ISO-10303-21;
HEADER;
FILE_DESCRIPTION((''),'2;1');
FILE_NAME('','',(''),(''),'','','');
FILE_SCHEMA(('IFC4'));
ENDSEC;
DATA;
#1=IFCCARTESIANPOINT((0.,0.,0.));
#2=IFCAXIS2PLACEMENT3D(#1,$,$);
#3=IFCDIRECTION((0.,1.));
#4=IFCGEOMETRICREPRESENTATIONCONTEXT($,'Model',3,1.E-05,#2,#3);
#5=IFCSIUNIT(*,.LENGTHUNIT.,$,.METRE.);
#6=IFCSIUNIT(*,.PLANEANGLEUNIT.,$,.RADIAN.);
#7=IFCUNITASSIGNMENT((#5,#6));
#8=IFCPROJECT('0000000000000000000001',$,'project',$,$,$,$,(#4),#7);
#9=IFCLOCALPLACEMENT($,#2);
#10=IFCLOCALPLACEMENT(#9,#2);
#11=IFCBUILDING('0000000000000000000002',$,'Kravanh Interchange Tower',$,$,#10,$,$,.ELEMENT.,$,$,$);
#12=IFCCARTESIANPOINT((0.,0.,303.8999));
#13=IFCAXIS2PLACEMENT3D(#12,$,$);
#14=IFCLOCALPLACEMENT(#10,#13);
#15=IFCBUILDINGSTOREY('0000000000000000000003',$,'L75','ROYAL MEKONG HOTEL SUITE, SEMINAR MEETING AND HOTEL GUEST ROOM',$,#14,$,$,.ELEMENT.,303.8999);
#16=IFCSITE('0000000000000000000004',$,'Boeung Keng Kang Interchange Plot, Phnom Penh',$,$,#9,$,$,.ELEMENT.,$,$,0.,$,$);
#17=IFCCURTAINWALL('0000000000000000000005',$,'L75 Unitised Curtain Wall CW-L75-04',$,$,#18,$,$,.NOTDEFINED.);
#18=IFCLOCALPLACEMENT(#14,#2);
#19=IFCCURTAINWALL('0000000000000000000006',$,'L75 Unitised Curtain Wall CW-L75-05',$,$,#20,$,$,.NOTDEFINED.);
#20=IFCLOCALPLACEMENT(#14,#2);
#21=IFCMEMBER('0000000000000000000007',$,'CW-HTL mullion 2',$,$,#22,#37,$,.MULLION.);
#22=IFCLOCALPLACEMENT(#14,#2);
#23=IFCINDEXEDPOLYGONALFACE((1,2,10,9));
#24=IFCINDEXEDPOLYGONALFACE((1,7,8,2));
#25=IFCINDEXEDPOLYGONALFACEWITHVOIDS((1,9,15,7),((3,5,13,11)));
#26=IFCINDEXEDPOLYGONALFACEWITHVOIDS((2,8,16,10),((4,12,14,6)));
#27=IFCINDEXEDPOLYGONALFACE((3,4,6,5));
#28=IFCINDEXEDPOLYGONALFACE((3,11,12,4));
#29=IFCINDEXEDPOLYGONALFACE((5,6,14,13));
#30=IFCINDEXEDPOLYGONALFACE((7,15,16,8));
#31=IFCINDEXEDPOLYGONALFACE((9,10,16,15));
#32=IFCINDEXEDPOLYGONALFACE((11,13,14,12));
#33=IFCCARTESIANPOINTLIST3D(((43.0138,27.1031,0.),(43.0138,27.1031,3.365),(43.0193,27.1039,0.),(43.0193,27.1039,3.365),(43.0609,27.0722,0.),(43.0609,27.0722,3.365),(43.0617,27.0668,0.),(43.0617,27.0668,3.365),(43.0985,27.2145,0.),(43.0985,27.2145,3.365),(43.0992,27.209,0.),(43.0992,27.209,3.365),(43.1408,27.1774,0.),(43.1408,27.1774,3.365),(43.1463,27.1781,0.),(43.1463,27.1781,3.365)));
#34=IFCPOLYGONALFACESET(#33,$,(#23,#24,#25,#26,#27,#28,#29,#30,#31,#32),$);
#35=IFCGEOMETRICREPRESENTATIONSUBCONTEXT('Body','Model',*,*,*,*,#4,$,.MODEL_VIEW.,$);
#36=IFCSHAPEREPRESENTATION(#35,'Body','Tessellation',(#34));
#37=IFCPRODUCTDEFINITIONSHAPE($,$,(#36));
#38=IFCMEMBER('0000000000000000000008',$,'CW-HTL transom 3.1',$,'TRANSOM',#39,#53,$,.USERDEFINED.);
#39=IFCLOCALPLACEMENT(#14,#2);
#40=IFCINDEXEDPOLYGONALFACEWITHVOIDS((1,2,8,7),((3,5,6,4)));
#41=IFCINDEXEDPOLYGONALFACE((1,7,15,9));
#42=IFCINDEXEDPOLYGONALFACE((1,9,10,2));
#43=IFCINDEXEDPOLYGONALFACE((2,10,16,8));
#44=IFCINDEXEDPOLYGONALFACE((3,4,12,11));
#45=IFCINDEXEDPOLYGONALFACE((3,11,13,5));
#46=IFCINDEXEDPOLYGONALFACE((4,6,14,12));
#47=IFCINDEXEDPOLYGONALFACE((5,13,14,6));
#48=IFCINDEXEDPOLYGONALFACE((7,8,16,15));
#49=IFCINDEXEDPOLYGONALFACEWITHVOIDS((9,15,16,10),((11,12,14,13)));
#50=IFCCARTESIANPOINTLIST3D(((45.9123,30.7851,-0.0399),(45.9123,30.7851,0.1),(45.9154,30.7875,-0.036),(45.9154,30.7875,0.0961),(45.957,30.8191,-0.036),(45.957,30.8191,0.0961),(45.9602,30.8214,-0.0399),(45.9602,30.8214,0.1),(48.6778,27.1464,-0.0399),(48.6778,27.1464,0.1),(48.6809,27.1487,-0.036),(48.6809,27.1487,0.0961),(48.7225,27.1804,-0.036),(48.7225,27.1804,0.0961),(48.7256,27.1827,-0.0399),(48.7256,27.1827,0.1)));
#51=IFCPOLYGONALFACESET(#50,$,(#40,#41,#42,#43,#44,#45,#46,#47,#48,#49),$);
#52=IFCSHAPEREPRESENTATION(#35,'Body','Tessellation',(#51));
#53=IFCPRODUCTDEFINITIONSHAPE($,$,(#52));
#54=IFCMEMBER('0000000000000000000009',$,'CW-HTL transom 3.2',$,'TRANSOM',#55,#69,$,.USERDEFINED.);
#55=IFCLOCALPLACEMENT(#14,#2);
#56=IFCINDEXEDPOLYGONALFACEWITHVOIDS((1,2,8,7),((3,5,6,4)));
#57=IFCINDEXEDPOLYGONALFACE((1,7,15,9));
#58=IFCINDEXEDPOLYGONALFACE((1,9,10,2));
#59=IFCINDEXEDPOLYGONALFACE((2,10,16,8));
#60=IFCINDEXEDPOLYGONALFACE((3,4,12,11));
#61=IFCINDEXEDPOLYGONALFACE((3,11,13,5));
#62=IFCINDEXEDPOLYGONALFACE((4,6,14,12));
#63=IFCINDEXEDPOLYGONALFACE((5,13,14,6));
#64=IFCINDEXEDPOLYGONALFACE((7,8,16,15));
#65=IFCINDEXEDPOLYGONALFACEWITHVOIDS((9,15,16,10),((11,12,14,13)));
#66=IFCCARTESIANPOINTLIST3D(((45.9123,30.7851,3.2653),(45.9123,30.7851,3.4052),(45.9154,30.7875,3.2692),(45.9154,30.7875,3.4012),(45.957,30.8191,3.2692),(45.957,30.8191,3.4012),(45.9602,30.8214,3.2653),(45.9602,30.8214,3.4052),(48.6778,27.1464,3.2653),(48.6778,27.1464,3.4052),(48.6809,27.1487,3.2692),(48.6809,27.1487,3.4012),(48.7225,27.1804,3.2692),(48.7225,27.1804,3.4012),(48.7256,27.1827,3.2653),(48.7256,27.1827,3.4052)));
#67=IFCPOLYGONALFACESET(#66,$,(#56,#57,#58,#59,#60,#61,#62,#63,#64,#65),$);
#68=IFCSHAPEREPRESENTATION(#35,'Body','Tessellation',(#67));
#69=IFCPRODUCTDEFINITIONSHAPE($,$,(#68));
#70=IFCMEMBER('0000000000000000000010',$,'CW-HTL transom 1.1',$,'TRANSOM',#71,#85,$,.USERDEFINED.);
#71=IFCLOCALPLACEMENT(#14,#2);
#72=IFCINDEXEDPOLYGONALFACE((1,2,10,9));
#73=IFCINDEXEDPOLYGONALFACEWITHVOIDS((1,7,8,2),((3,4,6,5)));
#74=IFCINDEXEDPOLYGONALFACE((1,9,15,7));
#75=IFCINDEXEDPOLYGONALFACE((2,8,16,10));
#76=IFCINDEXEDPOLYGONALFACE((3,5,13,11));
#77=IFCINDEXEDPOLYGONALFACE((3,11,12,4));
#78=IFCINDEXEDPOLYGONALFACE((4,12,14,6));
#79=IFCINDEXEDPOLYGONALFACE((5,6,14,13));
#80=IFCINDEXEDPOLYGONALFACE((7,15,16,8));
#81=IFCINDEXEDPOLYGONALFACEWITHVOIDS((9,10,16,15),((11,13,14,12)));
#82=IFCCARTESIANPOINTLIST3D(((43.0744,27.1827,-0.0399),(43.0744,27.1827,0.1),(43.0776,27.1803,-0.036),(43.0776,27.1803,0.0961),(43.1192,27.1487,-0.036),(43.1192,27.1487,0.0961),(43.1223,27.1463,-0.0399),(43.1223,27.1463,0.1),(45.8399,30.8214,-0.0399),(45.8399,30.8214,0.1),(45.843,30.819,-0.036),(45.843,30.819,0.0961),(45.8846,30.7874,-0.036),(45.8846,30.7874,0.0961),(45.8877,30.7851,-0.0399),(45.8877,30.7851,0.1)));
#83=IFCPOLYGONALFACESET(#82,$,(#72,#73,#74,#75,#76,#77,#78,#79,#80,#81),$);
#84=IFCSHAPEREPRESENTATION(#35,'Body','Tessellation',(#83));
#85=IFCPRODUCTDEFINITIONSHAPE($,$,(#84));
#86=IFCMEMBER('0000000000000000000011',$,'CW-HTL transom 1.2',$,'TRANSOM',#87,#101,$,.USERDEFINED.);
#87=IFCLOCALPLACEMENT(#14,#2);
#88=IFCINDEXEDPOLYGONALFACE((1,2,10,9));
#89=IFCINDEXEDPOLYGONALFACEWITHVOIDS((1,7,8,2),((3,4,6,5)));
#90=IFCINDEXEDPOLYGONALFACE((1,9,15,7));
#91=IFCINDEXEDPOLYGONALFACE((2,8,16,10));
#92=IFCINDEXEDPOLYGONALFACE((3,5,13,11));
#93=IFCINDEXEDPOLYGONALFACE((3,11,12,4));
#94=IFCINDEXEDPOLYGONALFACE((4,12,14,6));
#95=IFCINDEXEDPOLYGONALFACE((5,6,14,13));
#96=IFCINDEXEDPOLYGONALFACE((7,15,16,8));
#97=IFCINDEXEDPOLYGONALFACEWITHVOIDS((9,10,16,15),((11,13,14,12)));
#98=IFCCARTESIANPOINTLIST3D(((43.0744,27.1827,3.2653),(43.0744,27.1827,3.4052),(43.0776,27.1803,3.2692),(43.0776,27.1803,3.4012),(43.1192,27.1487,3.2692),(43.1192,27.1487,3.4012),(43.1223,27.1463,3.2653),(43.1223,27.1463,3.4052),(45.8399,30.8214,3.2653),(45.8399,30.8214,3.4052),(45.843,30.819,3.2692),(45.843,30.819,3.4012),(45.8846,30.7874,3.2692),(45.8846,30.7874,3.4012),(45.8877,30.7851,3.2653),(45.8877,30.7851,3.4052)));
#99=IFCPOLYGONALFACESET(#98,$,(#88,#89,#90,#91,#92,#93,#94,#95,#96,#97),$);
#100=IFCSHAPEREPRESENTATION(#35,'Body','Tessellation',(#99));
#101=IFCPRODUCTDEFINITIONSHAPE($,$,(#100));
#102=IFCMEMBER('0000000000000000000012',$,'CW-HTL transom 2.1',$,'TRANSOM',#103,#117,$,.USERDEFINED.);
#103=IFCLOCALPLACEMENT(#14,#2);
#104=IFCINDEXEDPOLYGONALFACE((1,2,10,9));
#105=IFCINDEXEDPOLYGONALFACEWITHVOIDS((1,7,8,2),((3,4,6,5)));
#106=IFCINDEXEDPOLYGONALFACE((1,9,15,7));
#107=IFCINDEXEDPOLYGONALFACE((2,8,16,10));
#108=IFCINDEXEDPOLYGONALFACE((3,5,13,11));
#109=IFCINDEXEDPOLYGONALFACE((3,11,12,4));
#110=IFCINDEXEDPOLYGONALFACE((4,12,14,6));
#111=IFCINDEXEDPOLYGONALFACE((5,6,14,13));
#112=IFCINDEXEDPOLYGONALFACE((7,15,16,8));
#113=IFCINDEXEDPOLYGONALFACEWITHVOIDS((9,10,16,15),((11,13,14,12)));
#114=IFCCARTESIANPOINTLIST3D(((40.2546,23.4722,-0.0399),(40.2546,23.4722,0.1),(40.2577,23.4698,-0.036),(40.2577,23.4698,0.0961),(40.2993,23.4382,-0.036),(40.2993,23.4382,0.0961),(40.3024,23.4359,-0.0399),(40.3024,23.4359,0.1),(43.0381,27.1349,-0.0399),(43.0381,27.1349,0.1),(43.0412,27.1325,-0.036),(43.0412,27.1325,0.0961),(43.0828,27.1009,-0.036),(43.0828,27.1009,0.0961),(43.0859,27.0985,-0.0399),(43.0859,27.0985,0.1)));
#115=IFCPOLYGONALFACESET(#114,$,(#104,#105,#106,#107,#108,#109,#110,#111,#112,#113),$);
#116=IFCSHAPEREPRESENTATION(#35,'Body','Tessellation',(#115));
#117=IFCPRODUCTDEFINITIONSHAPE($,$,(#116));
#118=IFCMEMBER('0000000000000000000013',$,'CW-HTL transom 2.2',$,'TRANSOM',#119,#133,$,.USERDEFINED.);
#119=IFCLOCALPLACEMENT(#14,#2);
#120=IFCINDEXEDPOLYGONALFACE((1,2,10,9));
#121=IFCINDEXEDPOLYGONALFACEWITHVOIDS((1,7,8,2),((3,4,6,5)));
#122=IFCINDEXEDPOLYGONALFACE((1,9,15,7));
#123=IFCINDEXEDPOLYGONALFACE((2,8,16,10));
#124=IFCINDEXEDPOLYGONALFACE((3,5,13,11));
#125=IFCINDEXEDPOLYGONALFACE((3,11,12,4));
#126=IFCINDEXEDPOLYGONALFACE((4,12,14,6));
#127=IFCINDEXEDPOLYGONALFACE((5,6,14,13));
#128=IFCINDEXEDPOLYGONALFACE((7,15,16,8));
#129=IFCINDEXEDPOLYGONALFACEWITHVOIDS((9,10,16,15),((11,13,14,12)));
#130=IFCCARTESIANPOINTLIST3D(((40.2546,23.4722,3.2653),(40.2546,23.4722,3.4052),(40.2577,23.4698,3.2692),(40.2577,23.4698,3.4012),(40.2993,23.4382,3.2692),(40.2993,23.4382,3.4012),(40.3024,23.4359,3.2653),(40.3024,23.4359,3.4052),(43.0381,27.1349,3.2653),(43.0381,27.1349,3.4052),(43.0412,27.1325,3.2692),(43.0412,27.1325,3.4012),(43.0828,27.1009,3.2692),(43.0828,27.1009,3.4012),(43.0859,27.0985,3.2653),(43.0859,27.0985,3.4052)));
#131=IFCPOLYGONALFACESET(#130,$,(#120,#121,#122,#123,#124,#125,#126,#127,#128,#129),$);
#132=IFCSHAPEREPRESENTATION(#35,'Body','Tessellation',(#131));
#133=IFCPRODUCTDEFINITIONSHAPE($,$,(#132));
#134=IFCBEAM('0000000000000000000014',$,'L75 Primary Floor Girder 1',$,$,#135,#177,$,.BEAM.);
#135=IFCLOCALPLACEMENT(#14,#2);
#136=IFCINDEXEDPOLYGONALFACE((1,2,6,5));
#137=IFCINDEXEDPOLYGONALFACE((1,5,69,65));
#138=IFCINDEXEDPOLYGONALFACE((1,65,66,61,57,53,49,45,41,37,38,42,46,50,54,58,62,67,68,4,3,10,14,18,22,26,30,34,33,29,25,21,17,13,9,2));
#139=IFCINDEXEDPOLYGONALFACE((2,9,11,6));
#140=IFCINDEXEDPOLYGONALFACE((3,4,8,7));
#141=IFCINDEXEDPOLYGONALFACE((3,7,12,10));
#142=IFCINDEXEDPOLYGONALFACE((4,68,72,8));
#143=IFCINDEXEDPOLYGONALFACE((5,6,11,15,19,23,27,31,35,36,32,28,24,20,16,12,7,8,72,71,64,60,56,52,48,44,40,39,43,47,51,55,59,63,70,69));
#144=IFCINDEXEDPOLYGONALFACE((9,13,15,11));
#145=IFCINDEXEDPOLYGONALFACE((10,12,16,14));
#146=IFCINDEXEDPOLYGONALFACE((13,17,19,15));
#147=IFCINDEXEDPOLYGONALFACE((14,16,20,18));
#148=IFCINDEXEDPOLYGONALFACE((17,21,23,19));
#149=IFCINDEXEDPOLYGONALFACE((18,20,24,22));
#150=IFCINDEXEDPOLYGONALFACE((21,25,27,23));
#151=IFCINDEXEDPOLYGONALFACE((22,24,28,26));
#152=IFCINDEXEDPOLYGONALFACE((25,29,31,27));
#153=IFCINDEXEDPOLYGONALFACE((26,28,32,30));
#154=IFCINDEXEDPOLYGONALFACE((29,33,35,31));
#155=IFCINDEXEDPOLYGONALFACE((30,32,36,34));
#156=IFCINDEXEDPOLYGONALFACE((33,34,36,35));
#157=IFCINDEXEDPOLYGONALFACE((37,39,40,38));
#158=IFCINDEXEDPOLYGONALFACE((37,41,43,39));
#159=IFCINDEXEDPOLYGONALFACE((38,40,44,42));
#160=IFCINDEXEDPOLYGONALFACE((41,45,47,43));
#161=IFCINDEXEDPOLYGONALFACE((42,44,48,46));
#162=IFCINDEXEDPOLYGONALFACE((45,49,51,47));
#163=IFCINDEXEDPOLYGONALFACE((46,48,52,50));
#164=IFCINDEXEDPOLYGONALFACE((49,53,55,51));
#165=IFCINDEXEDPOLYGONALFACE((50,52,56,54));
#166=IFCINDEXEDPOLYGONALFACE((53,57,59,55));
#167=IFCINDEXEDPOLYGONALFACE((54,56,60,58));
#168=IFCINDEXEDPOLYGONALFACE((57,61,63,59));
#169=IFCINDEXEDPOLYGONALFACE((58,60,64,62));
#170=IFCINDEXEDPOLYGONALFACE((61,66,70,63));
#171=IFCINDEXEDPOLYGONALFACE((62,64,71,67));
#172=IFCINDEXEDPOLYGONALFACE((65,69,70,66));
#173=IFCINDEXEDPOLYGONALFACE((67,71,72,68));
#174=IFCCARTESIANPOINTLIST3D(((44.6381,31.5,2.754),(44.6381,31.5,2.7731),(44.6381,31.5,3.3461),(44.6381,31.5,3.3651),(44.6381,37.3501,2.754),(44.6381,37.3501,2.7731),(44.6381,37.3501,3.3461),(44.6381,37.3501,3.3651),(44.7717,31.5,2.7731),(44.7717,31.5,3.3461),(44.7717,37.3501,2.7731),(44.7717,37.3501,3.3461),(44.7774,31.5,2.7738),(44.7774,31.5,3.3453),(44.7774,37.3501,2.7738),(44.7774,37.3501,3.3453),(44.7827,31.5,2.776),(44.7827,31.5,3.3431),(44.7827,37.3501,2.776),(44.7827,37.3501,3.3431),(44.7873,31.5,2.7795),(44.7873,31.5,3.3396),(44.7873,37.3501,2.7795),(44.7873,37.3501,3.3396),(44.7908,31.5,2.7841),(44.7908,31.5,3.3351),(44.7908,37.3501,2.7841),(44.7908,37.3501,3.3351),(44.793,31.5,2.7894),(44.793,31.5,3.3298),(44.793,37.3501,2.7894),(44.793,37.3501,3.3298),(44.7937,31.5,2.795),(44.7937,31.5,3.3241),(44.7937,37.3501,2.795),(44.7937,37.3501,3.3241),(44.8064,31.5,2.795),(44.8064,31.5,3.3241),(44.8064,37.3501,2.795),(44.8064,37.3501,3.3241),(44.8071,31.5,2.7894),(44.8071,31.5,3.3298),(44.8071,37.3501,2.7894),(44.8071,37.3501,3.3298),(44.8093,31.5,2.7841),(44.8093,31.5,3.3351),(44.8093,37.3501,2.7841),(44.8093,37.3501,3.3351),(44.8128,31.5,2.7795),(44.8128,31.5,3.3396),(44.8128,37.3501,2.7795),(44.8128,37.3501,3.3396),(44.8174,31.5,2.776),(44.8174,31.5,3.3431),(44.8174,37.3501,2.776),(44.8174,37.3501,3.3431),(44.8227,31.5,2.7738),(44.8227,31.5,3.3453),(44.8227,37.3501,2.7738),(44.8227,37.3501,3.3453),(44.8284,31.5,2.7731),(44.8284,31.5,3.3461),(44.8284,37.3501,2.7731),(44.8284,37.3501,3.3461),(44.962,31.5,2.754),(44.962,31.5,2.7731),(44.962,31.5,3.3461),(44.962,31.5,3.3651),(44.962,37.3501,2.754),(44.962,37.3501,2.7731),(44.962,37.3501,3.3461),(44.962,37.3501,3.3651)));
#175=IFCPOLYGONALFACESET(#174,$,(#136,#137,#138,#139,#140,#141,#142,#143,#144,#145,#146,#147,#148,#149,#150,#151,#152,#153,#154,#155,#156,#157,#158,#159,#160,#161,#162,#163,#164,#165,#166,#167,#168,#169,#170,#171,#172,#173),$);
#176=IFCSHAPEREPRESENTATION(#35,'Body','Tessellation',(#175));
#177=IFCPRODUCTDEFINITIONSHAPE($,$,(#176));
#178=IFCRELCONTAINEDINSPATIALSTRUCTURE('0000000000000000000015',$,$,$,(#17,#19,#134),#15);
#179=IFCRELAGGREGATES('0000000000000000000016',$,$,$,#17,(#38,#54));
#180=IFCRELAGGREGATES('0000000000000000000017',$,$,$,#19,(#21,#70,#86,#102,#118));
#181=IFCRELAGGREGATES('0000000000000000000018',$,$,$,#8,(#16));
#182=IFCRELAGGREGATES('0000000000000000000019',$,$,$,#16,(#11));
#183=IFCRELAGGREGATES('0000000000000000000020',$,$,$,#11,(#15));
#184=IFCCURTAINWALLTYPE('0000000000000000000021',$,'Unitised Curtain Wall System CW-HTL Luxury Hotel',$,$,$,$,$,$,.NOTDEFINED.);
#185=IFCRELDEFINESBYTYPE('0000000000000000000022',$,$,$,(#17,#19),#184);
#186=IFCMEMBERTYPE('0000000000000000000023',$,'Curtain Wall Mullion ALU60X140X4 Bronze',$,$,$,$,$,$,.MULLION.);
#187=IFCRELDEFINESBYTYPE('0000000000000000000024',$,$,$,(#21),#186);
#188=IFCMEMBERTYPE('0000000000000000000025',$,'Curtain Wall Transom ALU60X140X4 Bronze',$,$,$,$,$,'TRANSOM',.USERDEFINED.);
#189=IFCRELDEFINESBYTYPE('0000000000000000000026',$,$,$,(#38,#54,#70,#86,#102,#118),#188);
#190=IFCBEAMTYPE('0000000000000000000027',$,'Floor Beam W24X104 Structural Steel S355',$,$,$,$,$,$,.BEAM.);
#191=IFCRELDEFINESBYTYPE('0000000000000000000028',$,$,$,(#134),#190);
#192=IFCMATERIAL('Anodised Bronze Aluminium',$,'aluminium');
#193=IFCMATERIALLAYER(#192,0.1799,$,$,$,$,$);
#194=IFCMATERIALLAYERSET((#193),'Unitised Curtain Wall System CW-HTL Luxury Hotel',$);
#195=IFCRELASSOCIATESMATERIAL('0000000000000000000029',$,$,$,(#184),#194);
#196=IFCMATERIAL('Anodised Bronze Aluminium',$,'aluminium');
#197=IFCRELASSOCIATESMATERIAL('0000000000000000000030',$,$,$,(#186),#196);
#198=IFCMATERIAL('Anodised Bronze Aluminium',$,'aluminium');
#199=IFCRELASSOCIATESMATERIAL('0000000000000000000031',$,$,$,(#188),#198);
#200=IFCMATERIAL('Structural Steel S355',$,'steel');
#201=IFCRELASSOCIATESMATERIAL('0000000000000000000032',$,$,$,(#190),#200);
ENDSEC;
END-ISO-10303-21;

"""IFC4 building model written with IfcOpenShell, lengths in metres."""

from ifc_helpers import new_model, si_unit, direction, frame, origin, origin_2d, place, context, subcontext, project, spatial, hollow_rectangle, i_section, extrude, material, layer, layer_set, material_profile, profile_set, type_object, element, aggregate, save


model = new_model("IFC4")

# Units and contexts
model_context = context("Model", 3, precision=1e-05, world=origin(), true_north=direction((0.0, 1.0)))
body_context = subcontext(model_context, "Body", "Model", "MODEL_VIEW")
ifc_project = project(units=[si_unit("LENGTHUNIT", "METRE"), si_unit("PLANEANGLEUNIT", "RADIAN")], contexts=[model_context])

# Site, building, storey
site_placement = place(None, origin())
site = spatial("IfcSite", under=ifc_project, at=site_placement, Name="Boeung Keng Kang Interchange Plot, Phnom Penh", CompositionType="ELEMENT", RefElevation=0.0)
building_placement = place(site_placement, origin())
building = spatial("IfcBuilding", under=site, at=building_placement, Name="Kravanh Interchange Tower", CompositionType="ELEMENT")
storey_placement = place(building_placement, frame((0.0, 0.0, 303.8999)))
storey = spatial("IfcBuildingStorey", under=building, at=storey_placement, Name="L75", Description="ROYAL MEKONG HOTEL SUITE, SEMINAR MEETING AND HOTEL GUEST ROOM", CompositionType="ELEMENT", Elevation=303.8999)

# Curtain walls, member
ifc_material_1 = material(Name="Anodised Bronze Aluminium", Category="aluminium")
ifc_layer_1 = layer(ifc_material_1, 0.1799)
ifc_layer_set_1 = layer_set([ifc_layer_1], Name="Unitised Curtain Wall System CW-HTL Luxury Hotel")
curtain_wall_type = type_object("IfcCurtainWallType", Name="Unitised Curtain Wall System CW-HTL Luxury Hotel", PredefinedType="NOTDEFINED", material=ifc_layer_set_1)
curtain_wall_1_placement = place(storey_placement, origin())
curtain_wall_1 = element("IfcCurtainWall", 1, at=curtain_wall_1_placement, inside=storey, type_object=curtain_wall_type, Name="L75 Unitised Curtain Wall CW-L75-04", PredefinedType="NOTDEFINED")
ifc_material_2 = material(Name="Anodised Bronze Aluminium", Category="aluminium")
ifc_material_profile_1 = material_profile(ifc_material_2, hollow_rectangle(XDim=0.0601, YDim=0.1399, WallThickness=0.0039, at=origin_2d()), Name="ALU60X140X4")
ifc_profile_set_1 = profile_set([ifc_material_profile_1], Name="Anodised Bronze Aluminium")
member_type_1 = type_object("IfcMemberType", Name="Curtain Wall Mullion ALU60X140X4 Bronze", PredefinedType="MULLION", material=ifc_profile_set_1)
curtain_wall_2_placement = place(storey_placement, origin())
curtain_wall_2 = element("IfcCurtainWall", 2, at=curtain_wall_2_placement, inside=storey, type_object=curtain_wall_type, Name="L75 Unitised Curtain Wall CW-L75-05", PredefinedType="NOTDEFINED")
member_1_placement = place(storey_placement, frame((43.0801, 27.1406, 0.0), z_axis=(0.0, 0.0, 1.0), x_axis=(0.796162, -0.605084, 0.0)))
member_1 = element("IfcMember", 3, at=member_1_placement, type_object=member_type_1, Name="CW-HTL mullion 2", PredefinedType="MULLION", context=body_context, shape_type="SweptSolid", body=[
    extrude(hollow_rectangle(XDim=0.0601, YDim=0.1399, WallThickness=0.0039, at=origin_2d()), origin(), (0.0, 0.0, 1.0), 3.365),
])

# Members
ifc_material_3 = material(Name="Anodised Bronze Aluminium", Category="aluminium")
ifc_material_profile_2 = material_profile(ifc_material_3, hollow_rectangle(XDim=0.0601, YDim=0.1399, WallThickness=0.0039, at=origin_2d()), Name="ALU60X140X4")
ifc_profile_set_2 = profile_set([ifc_material_profile_2], Name="Anodised Bronze Aluminium")
member_type_2 = type_object("IfcMemberType", Name="Curtain Wall Transom ALU60X140X4 Bronze", ElementType="TRANSOM", PredefinedType="USERDEFINED", material=ifc_profile_set_2)
member_2_placement = place(storey_placement, frame((48.7017, 27.1646, 0.03), z_axis=(-0.605082, 0.796163, 0.0), x_axis=(-0.796163, -0.605082, 0.0)))
member_2 = element("IfcMember", 4, at=member_2_placement, type_object=member_type_2, Name="CW-HTL transom 3.1", ObjectType="TRANSOM", PredefinedType="USERDEFINED", context=body_context, shape_type="SweptSolid", body=[
    extrude(hollow_rectangle(XDim=0.0601, YDim=0.1399, WallThickness=0.0039, at=origin_2d()), origin(), (0.0, 0.0, 1.0), 4.5703),
])
member_3_placement = place(storey_placement, frame((48.7017, 27.1646, 3.3352), z_axis=(-0.605082, 0.796163, 0.0), x_axis=(-0.796163, -0.605082, 0.0)))
member_3 = element("IfcMember", 5, at=member_3_placement, type_object=member_type_2, Name="CW-HTL transom 3.2", ObjectType="TRANSOM", PredefinedType="USERDEFINED", context=body_context, shape_type="SweptSolid", body=[
    extrude(hollow_rectangle(XDim=0.0601, YDim=0.1399, WallThickness=0.0039, at=origin_2d()), origin(), (0.0, 0.0, 1.0), 4.5703),
])
member_4_placement = place(storey_placement, frame((45.8638, 30.8032, 0.03), z_axis=(-0.605082, -0.796163, 0.0), x_axis=(0.796163, -0.605082, 0.0)))
member_4 = element("IfcMember", 6, at=member_4_placement, type_object=member_type_2, Name="CW-HTL transom 1.1", ObjectType="TRANSOM", PredefinedType="USERDEFINED", context=body_context, shape_type="SweptSolid", body=[
    extrude(hollow_rectangle(XDim=0.0601, YDim=0.1399, WallThickness=0.0039, at=origin_2d()), origin(), (0.0, 0.0, 1.0), 4.5703),
])
member_5_placement = place(storey_placement, frame((45.8638, 30.8032, 3.3352), z_axis=(-0.605082, -0.796163, 0.0), x_axis=(0.796163, -0.605082, 0.0)))
member_5 = element("IfcMember", 7, at=member_5_placement, type_object=member_type_2, Name="CW-HTL transom 1.2", ObjectType="TRANSOM", PredefinedType="USERDEFINED", context=body_context, shape_type="SweptSolid", body=[
    extrude(hollow_rectangle(XDim=0.0601, YDim=0.1399, WallThickness=0.0039, at=origin_2d()), origin(), (0.0, 0.0, 1.0), 4.5703),
])
member_6_placement = place(storey_placement, frame((43.062, 27.1167, 0.03), z_axis=(-0.605066, -0.796175, 0.0), x_axis=(0.796175, -0.605066, 0.0)))
member_6 = element("IfcMember", 8, at=member_6_placement, type_object=member_type_2, Name="CW-HTL transom 2.1", ObjectType="TRANSOM", PredefinedType="USERDEFINED", context=body_context, shape_type="SweptSolid", body=[
    extrude(hollow_rectangle(XDim=0.0601, YDim=0.1399, WallThickness=0.0039, at=origin_2d()), origin(), (0.0, 0.0, 1.0), 4.6003),
])
member_7_placement = place(storey_placement, frame((43.062, 27.1167, 3.3352), z_axis=(-0.605066, -0.796175, 0.0), x_axis=(0.796175, -0.605066, 0.0)))
member_7 = element("IfcMember", 9, at=member_7_placement, type_object=member_type_2, Name="CW-HTL transom 2.2", ObjectType="TRANSOM", PredefinedType="USERDEFINED", context=body_context, shape_type="SweptSolid", body=[
    extrude(hollow_rectangle(XDim=0.0601, YDim=0.1399, WallThickness=0.0039, at=origin_2d()), origin(), (0.0, 0.0, 1.0), 4.6003),
])

# Beam
ifc_material_4 = material(Name="Structural Steel S355", Category="steel")
ifc_material_profile_3 = material_profile(ifc_material_4, i_section(OverallWidth=0.324, OverallDepth=0.6111, WebThickness=0.0127, FlangeThickness=0.019, FilletRadius=0.022, at=origin_2d()), Name="W24X104")
ifc_profile_set_3 = profile_set([ifc_material_profile_3], Name="Structural Steel S355")
beam_type_1 = type_object("IfcBeamType", Name="Floor Beam W24X104 Structural Steel S355", PredefinedType="BEAM", material=ifc_profile_set_3)
beam_1_placement = place(storey_placement, frame((44.8, 31.5, 3.0596), z_axis=(0.0, 1.0, 0.0), x_axis=(-1.0, 0.0, 0.0)))
element("IfcBeam", 10, at=beam_1_placement, inside=storey, type_object=beam_type_1, Name="L75 Primary Floor Girder 1", PredefinedType="BEAM", context=body_context, shape_type="SweptSolid", body=[
    extrude(i_section(OverallWidth=0.324, OverallDepth=0.6111, WebThickness=0.0127, FlangeThickness=0.019, FilletRadius=0.022, at=origin_2d()), origin(), (0.0, 0.0, 1.0), 5.8501),
])

aggregate(curtain_wall_1, [member_2, member_3])
aggregate(curtain_wall_2, [member_1, member_4, member_5, member_6, member_7])

save(model, "model.ifc")
